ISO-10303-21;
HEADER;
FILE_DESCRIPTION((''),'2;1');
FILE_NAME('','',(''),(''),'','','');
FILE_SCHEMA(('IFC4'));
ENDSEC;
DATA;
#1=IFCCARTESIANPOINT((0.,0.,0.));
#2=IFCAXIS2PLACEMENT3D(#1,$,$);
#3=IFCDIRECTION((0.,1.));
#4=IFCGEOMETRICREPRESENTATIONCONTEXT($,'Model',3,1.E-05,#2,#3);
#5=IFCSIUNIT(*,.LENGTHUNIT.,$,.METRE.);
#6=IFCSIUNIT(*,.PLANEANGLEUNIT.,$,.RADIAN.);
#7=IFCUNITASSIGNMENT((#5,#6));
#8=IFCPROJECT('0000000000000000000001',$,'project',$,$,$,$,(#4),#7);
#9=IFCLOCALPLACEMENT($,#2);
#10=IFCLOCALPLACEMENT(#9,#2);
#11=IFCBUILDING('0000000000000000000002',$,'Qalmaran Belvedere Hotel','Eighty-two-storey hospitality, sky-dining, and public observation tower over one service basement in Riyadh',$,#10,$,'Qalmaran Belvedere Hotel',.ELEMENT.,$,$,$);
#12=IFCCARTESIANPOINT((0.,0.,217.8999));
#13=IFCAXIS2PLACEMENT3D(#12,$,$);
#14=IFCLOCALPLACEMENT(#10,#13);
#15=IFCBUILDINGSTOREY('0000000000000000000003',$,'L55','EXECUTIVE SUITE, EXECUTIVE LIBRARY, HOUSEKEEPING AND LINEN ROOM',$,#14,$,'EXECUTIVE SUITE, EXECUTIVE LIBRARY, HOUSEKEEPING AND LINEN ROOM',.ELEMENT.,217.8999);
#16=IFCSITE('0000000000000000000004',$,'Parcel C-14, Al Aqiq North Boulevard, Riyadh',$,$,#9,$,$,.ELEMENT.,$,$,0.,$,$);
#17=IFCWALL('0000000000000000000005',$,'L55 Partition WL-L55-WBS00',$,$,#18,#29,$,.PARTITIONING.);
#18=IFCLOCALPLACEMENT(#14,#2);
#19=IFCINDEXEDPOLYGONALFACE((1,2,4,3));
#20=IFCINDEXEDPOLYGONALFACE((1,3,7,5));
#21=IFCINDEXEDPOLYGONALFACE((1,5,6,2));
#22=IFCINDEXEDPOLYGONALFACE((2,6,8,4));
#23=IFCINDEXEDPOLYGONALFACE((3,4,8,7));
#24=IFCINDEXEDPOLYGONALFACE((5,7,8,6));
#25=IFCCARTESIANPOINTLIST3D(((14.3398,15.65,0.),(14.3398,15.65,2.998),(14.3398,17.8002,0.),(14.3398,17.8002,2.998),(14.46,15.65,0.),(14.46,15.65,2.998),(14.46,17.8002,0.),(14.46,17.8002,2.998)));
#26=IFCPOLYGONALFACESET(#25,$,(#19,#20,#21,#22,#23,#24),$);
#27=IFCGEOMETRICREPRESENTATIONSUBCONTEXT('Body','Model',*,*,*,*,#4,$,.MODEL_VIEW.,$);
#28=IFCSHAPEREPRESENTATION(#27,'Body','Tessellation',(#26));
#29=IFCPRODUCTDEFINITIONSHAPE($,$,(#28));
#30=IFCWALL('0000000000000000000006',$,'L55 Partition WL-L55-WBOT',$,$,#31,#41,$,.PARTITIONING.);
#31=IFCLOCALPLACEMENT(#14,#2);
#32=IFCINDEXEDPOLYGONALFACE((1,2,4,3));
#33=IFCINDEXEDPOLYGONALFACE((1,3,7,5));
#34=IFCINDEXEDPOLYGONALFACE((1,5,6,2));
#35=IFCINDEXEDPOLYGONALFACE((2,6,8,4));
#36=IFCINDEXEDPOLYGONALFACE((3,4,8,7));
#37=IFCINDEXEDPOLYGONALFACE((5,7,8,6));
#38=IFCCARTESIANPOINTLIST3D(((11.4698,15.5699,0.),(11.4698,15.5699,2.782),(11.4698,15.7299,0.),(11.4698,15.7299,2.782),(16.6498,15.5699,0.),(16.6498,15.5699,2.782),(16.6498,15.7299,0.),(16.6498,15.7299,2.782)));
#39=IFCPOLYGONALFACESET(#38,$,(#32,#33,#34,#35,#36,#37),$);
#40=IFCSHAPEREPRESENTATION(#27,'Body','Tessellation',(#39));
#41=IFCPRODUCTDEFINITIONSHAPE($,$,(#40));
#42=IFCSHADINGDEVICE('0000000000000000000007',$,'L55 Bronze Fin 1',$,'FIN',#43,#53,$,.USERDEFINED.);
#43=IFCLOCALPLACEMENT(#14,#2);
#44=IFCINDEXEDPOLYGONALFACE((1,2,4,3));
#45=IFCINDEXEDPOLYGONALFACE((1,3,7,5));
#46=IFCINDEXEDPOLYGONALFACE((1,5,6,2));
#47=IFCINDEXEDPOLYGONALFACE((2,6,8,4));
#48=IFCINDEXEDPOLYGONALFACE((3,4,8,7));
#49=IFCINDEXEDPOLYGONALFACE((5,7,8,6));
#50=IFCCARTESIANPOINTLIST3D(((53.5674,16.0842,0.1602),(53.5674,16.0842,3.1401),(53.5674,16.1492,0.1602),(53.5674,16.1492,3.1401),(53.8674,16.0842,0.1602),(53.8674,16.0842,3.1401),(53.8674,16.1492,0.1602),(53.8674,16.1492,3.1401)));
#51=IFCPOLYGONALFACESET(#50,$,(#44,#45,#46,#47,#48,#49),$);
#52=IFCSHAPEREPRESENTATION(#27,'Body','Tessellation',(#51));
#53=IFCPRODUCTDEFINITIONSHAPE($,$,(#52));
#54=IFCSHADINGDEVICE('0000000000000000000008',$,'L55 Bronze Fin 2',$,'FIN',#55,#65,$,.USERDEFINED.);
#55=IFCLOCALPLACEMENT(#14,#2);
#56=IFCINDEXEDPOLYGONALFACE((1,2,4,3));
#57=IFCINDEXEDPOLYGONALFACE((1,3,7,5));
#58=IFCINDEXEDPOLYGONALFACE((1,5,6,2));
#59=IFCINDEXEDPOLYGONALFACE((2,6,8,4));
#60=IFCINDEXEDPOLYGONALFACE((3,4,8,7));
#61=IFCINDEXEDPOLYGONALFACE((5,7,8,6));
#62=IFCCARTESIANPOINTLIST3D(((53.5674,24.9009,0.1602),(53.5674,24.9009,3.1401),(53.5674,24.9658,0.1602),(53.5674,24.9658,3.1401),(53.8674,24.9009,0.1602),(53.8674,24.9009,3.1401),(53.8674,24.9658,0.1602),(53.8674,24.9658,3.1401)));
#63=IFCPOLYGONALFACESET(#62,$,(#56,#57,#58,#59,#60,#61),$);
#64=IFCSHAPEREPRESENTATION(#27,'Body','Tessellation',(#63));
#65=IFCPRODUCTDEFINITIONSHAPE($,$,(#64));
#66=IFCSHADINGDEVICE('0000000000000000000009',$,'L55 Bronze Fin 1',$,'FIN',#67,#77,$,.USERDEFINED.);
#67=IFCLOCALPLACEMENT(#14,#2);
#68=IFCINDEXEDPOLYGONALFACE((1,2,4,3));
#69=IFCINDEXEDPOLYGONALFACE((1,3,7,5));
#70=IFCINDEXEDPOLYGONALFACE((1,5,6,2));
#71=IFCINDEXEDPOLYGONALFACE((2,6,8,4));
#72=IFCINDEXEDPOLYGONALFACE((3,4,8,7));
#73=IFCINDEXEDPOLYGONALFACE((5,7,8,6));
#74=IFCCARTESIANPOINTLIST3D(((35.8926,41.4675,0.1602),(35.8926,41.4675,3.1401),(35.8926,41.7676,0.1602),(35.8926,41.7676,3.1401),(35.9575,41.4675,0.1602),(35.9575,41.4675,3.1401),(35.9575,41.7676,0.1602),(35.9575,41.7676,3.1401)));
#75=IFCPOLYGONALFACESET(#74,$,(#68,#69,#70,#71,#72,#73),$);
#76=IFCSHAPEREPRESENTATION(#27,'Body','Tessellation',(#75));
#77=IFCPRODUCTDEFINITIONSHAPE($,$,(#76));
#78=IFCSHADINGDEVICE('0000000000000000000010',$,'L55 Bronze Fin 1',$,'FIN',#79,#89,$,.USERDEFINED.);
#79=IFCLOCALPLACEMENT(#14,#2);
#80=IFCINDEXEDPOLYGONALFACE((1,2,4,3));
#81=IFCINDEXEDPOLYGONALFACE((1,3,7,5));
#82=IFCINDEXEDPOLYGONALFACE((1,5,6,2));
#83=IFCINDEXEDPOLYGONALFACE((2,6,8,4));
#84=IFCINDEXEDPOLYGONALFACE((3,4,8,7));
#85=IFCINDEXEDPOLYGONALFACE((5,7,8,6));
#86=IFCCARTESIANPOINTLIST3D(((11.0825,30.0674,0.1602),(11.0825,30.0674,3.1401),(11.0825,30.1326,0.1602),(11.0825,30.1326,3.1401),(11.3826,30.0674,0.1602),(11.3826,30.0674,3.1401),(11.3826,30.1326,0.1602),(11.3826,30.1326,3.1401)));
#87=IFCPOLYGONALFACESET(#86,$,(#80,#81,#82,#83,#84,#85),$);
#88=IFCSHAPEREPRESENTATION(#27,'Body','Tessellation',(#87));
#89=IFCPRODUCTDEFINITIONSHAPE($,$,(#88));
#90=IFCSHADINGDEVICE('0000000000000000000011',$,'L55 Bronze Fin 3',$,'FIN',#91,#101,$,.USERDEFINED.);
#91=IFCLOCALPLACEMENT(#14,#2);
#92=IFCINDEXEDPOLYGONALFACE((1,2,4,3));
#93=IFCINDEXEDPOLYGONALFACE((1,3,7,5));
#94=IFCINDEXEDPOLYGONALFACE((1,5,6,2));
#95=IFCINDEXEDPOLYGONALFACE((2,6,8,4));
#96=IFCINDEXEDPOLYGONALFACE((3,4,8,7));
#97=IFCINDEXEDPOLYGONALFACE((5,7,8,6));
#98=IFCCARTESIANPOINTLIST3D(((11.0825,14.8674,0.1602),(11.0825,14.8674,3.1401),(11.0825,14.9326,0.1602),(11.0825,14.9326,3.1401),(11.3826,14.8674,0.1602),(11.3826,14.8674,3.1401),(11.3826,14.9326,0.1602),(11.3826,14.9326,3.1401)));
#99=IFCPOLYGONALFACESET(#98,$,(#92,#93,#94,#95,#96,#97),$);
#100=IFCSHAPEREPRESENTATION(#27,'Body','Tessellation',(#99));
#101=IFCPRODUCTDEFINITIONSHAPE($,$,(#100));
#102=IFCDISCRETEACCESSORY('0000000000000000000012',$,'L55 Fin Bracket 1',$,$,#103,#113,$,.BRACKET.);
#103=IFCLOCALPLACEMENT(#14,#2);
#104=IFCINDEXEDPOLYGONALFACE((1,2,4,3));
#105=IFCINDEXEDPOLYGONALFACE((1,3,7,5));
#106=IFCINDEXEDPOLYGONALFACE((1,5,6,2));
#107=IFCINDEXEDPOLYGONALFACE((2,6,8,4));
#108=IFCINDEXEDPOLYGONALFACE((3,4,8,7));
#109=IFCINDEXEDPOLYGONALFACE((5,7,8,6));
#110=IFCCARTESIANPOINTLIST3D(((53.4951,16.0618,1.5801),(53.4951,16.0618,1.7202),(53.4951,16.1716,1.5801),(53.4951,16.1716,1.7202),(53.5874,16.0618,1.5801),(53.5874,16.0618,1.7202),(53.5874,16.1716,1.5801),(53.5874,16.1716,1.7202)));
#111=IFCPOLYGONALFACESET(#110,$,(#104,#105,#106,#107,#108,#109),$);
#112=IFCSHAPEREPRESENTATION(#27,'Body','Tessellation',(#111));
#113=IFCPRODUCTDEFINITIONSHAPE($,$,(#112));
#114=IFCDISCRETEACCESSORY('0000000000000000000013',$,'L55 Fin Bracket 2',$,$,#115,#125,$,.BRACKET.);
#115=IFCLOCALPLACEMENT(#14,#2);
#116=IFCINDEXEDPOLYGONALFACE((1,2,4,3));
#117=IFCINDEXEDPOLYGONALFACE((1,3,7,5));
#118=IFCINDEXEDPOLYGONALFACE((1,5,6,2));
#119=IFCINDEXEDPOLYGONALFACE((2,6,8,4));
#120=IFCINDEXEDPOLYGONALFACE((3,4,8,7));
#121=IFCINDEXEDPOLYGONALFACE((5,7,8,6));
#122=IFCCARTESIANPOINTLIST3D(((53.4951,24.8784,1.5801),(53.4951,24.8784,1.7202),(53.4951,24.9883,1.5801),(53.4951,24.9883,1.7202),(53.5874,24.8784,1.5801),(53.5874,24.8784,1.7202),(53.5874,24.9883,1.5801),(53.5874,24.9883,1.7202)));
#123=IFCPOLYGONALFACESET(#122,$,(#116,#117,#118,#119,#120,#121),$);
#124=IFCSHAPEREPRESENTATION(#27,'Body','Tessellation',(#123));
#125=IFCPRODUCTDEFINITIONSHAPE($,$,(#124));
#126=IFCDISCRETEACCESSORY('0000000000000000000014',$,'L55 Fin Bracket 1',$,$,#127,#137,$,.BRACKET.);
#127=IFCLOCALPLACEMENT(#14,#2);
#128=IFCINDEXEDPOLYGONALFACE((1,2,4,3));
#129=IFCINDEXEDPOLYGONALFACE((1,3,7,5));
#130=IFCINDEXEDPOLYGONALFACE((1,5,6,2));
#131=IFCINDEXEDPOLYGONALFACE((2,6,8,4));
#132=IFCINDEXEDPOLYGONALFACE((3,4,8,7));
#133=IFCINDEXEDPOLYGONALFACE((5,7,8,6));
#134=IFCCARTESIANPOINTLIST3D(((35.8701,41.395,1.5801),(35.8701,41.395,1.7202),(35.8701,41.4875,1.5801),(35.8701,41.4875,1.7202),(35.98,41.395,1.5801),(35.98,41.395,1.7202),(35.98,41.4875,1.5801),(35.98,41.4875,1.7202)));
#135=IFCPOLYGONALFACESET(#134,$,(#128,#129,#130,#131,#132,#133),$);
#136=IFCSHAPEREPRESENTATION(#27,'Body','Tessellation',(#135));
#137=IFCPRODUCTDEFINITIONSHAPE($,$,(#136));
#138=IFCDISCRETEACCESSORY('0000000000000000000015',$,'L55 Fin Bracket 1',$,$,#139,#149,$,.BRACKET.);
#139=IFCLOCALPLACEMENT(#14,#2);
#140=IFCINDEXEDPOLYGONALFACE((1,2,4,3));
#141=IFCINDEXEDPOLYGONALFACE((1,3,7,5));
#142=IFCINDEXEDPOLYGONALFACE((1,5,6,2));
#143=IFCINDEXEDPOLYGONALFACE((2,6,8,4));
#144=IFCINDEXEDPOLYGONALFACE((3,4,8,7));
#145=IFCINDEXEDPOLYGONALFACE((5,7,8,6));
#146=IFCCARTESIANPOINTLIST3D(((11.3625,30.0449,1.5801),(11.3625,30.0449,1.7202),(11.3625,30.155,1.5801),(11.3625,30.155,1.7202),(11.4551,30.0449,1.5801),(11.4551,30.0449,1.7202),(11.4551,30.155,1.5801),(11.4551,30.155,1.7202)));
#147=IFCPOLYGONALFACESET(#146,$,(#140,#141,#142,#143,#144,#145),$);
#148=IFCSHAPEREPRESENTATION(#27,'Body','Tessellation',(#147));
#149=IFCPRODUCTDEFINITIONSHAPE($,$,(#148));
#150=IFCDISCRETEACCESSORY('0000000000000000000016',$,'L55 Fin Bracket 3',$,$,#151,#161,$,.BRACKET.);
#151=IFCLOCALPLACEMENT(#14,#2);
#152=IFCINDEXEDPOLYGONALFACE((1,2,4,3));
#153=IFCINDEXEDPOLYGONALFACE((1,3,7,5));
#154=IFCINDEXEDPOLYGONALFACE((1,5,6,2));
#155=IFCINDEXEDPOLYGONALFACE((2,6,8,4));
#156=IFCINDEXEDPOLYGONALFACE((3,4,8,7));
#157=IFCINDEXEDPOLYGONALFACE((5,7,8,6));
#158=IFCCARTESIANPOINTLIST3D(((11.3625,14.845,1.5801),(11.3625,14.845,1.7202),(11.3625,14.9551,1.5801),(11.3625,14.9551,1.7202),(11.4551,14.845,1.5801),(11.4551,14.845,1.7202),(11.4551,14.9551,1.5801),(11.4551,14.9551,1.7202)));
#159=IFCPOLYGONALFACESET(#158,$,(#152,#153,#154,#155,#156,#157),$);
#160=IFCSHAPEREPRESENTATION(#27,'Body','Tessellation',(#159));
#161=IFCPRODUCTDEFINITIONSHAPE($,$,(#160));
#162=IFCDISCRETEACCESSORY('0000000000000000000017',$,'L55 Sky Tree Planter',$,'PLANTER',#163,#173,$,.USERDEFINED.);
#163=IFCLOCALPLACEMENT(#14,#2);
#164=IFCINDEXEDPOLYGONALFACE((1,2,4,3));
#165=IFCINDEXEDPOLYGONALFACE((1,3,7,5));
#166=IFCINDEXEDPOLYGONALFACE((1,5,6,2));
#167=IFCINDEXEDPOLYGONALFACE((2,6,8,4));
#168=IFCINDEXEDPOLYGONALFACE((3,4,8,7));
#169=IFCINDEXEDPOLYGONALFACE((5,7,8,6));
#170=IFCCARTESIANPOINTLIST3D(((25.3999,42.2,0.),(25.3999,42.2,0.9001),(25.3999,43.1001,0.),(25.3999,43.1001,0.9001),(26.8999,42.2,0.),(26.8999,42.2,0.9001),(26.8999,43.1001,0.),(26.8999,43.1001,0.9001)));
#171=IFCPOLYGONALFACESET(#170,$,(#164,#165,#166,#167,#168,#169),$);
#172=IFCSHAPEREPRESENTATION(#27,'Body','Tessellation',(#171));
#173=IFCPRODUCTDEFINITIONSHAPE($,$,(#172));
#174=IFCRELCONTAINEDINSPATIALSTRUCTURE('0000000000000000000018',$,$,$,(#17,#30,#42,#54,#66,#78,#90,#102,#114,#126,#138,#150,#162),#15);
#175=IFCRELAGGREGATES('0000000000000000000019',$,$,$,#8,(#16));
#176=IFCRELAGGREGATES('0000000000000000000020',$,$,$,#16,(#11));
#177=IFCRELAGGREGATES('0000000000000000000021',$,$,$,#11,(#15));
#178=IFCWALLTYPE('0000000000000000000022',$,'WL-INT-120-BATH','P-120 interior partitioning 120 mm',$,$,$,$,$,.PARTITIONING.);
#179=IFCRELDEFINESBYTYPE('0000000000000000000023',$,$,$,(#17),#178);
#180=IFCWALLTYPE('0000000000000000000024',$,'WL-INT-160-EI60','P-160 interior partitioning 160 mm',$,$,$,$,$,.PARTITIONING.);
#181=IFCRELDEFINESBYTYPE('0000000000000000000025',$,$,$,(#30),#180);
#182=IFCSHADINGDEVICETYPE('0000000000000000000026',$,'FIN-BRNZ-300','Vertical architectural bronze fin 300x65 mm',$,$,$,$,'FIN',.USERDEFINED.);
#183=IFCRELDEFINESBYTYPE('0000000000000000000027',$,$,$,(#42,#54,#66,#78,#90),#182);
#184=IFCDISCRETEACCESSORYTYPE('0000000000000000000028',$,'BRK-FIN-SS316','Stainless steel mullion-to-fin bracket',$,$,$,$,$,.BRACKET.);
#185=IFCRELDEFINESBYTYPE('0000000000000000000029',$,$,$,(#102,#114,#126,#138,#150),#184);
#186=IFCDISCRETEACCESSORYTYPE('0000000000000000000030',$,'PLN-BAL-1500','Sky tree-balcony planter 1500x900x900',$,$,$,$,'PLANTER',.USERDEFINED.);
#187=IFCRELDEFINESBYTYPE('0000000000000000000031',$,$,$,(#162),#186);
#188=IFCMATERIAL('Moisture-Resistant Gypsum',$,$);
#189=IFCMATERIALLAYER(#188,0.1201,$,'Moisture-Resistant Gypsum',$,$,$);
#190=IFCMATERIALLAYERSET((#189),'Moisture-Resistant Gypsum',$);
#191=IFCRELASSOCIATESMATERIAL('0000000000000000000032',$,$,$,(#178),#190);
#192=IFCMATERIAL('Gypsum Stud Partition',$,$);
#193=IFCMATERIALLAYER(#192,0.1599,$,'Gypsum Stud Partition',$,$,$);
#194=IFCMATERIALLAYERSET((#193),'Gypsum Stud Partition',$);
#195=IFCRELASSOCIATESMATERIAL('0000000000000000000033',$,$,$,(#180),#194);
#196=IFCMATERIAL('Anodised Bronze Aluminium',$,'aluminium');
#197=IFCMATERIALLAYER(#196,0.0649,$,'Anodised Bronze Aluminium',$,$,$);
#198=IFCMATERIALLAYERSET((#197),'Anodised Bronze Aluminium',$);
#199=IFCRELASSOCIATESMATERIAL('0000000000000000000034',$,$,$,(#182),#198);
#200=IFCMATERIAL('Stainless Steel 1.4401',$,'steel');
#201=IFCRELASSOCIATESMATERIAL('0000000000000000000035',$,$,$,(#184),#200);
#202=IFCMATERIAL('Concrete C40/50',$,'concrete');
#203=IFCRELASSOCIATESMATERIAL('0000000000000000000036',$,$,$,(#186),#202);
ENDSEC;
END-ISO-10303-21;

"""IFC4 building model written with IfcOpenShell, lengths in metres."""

from ifc_helpers import new_model, si_unit, direction, frame, frame_2d, origin, place, context, subcontext, project, spatial, polyline, rectangle, outline, extrude, material, layer, layer_set, type_object, element, save


model = new_model("IFC4")

# Units and contexts
model_context = context("Model", 3, precision=1e-05, world=origin(), true_north=direction((0.0, 1.0)))
body_context = subcontext(model_context, "Body", "Model", "MODEL_VIEW")
ifc_project = project(units=[si_unit("LENGTHUNIT", "METRE"), si_unit("PLANEANGLEUNIT", "RADIAN")], contexts=[model_context])

# Site, building, storey
site_placement = place(None, origin())
site = spatial("IfcSite", under=ifc_project, at=site_placement, Name="Parcel C-14, Al Aqiq North Boulevard, Riyadh", CompositionType="ELEMENT", RefElevation=0.0)
building_placement = place(site_placement, origin())
building = spatial("IfcBuilding", under=site, at=building_placement, Name="Qalmaran Belvedere Hotel", Description="Eighty-two-storey hospitality, sky-dining, and public observation tower over one service basement in Riyadh", LongName="Qalmaran Belvedere Hotel", CompositionType="ELEMENT")
storey_placement = place(building_placement, frame((0.0, 0.0, 217.8999)))
storey = spatial("IfcBuildingStorey", under=building, at=storey_placement, Name="L55", Description="EXECUTIVE SUITE, EXECUTIVE LIBRARY, HOUSEKEEPING AND LINEN ROOM", LongName="EXECUTIVE SUITE, EXECUTIVE LIBRARY, HOUSEKEEPING AND LINEN ROOM", CompositionType="ELEMENT", Elevation=217.8999)

# Shared definitions
ifc_material_1 = material(Name="Anodised Bronze Aluminium", Category="aluminium")

# Shared definitions
ifc_material_2 = material(Name="Concrete C40/50", Category="concrete")

# Walls
ifc_material_3 = material(Name="Moisture-Resistant Gypsum")
ifc_layer_1 = layer(ifc_material_3, 0.1201, Name="Moisture-Resistant Gypsum")
ifc_layer_set_1 = layer_set([ifc_layer_1], Name="Moisture-Resistant Gypsum")
wall_type_1 = type_object("IfcWallType", Name="WL-INT-120-BATH", Description="P-120 interior partitioning 120 mm", PredefinedType="PARTITIONING", material=ifc_layer_set_1)
wall_1_placement = place(storey_placement, frame((14.3999, 15.6499, 0.0), z_axis=(0.0, 0.0, 1.0), x_axis=(0.0, 1.0, 0.0)))
element("IfcWall", 1, at=wall_1_placement, inside=storey, type_object=wall_type_1, Name="L55 Partition WL-L55-WBS00", PredefinedType="PARTITIONING", context=body_context, shape_type="SweptSolid", body=[
    extrude(rectangle(XDim=2.1501, YDim=0.1201, at=frame_2d((1.0752, 0.0))), origin(), (0.0, 0.0, 1.0), 2.998),
])
ifc_material_4 = material(Name="Gypsum Stud Partition")
ifc_layer_2 = layer(ifc_material_4, 0.1599, Name="Gypsum Stud Partition")
ifc_layer_set_2 = layer_set([ifc_layer_2], Name="Gypsum Stud Partition")
wall_type_2 = type_object("IfcWallType", Name="WL-INT-160-EI60", Description="P-160 interior partitioning 160 mm", PredefinedType="PARTITIONING", material=ifc_layer_set_2)
wall_2_placement = place(storey_placement, frame((11.47, 15.6499, 0.0), z_axis=(0.0, 0.0, 1.0), x_axis=(1.0, 0.0, 0.0)))
element("IfcWall", 2, at=wall_2_placement, inside=storey, type_object=wall_type_2, Name="L55 Partition WL-L55-WBOT", PredefinedType="PARTITIONING", context=body_context, shape_type="SweptSolid", body=[
    extrude(rectangle(XDim=5.1799, YDim=0.1599, at=frame_2d((2.5898, 0.0))), origin(), (0.0, 0.0, 1.0), 2.782),
])

# Shading devices
ifc_layer_3 = layer(ifc_material_1, 0.0649, Name="Anodised Bronze Aluminium")
ifc_layer_set_3 = layer_set([ifc_layer_3], Name="Anodised Bronze Aluminium")
shading_device_type = type_object("IfcShadingDeviceType", Name="FIN-BRNZ-300", Description="Vertical architectural bronze fin 300x65 mm", ElementType="FIN", PredefinedType="USERDEFINED", material=ifc_layer_set_3)
shading_device_1_placement = place(storey_placement, frame((0.0, 0.0, 0.1602)))
element("IfcShadingDevice", 3, at=shading_device_1_placement, inside=storey, type_object=shading_device_type, Name="L55 Bronze Fin 1", ObjectType="FIN", PredefinedType="USERDEFINED", context=body_context, shape_type="SweptSolid", body=[
    extrude(outline(polyline([(53.5674, 16.0842), (53.8674, 16.0842), (53.8674, 16.1492), (53.5674, 16.1492), (53.5674, 16.0842)])), origin(), (0.0, 0.0, 1.0), 2.98),
])
shading_device_2_placement = place(storey_placement, frame((0.0, 0.0, 0.1602)))
element("IfcShadingDevice", 4, at=shading_device_2_placement, inside=storey, type_object=shading_device_type, Name="L55 Bronze Fin 2", ObjectType="FIN", PredefinedType="USERDEFINED", context=body_context, shape_type="SweptSolid", body=[
    extrude(outline(polyline([(53.5674, 24.9009), (53.8674, 24.9009), (53.8674, 24.9658), (53.5674, 24.9658), (53.5674, 24.9009)])), origin(), (0.0, 0.0, 1.0), 2.98),
])
shading_device_3_placement = place(storey_placement, frame((0.0, 0.0, 0.1602)))
element("IfcShadingDevice", 5, at=shading_device_3_placement, inside=storey, type_object=shading_device_type, Name="L55 Bronze Fin 1", ObjectType="FIN", PredefinedType="USERDEFINED", context=body_context, shape_type="SweptSolid", body=[
    extrude(outline(polyline([(35.9575, 41.4675), (35.9575, 41.7676), (35.8926, 41.7676), (35.8926, 41.4675), (35.9575, 41.4675)])), origin(), (0.0, 0.0, 1.0), 2.98),
])
shading_device_4_placement = place(storey_placement, frame((0.0, 0.0, 0.1602)))
element("IfcShadingDevice", 6, at=shading_device_4_placement, inside=storey, type_object=shading_device_type, Name="L55 Bronze Fin 1", ObjectType="FIN", PredefinedType="USERDEFINED", context=body_context, shape_type="SweptSolid", body=[
    extrude(outline(polyline([(11.3826, 30.1326), (11.0825, 30.1326), (11.0825, 30.0674), (11.3826, 30.0674), (11.3826, 30.1326)])), origin(), (0.0, 0.0, 1.0), 2.98),
])
shading_device_5_placement = place(storey_placement, frame((0.0, 0.0, 0.1602)))
element("IfcShadingDevice", 7, at=shading_device_5_placement, inside=storey, type_object=shading_device_type, Name="L55 Bronze Fin 3", ObjectType="FIN", PredefinedType="USERDEFINED", context=body_context, shape_type="SweptSolid", body=[
    extrude(outline(polyline([(11.3826, 14.9326), (11.0825, 14.9326), (11.0825, 14.8674), (11.3826, 14.8674), (11.3826, 14.9326)])), origin(), (0.0, 0.0, 1.0), 2.98),
])

# Discrete accessories
ifc_material_5 = material(Name="Stainless Steel 1.4401", Category="steel")
discrete_accessory_type_1 = type_object("IfcDiscreteAccessoryType", Name="BRK-FIN-SS316", Description="Stainless steel mullion-to-fin bracket", PredefinedType="BRACKET", material=ifc_material_5)
discrete_accessory_1_placement = place(storey_placement, frame((0.0, 0.0, 1.5801)))
element("IfcDiscreteAccessory", 8, at=discrete_accessory_1_placement, inside=storey, type_object=discrete_accessory_type_1, Name="L55 Fin Bracket 1", PredefinedType="BRACKET", context=body_context, shape_type="SweptSolid", body=[
    extrude(outline(polyline([(53.4951, 16.0618), (53.5874, 16.0618), (53.5874, 16.1716), (53.4951, 16.1716), (53.4951, 16.0618)])), origin(), (0.0, 0.0, 1.0), 0.1401),
])
discrete_accessory_2_placement = place(storey_placement, frame((0.0, 0.0, 1.5801)))
element("IfcDiscreteAccessory", 9, at=discrete_accessory_2_placement, inside=storey, type_object=discrete_accessory_type_1, Name="L55 Fin Bracket 2", PredefinedType="BRACKET", context=body_context, shape_type="SweptSolid", body=[
    extrude(outline(polyline([(53.4951, 24.8784), (53.5874, 24.8784), (53.5874, 24.9883), (53.4951, 24.9883), (53.4951, 24.8784)])), origin(), (0.0, 0.0, 1.0), 0.1401),
])
discrete_accessory_3_placement = place(storey_placement, frame((0.0, 0.0, 1.5801)))
element("IfcDiscreteAccessory", 10, at=discrete_accessory_3_placement, inside=storey, type_object=discrete_accessory_type_1, Name="L55 Fin Bracket 1", PredefinedType="BRACKET", context=body_context, shape_type="SweptSolid", body=[
    extrude(outline(polyline([(35.98, 41.395), (35.98, 41.4875), (35.8701, 41.4875), (35.8701, 41.395), (35.98, 41.395)])), origin(), (0.0, 0.0, 1.0), 0.1401),
])
discrete_accessory_4_placement = place(storey_placement, frame((0.0, 0.0, 1.5801)))
element("IfcDiscreteAccessory", 11, at=discrete_accessory_4_placement, inside=storey, type_object=discrete_accessory_type_1, Name="L55 Fin Bracket 1", PredefinedType="BRACKET", context=body_context, shape_type="SweptSolid", body=[
    extrude(outline(polyline([(11.4551, 30.155), (11.3625, 30.155), (11.3625, 30.0449), (11.4551, 30.0449), (11.4551, 30.155)])), origin(), (0.0, 0.0, 1.0), 0.1401),
])
discrete_accessory_5_placement = place(storey_placement, frame((0.0, 0.0, 1.5801)))
element("IfcDiscreteAccessory", 12, at=discrete_accessory_5_placement, inside=storey, type_object=discrete_accessory_type_1, Name="L55 Fin Bracket 3", PredefinedType="BRACKET", context=body_context, shape_type="SweptSolid", body=[
    extrude(outline(polyline([(11.4551, 14.9551), (11.3625, 14.9551), (11.3625, 14.845), (11.4551, 14.845), (11.4551, 14.9551)])), origin(), (0.0, 0.0, 1.0), 0.1401),
])
discrete_accessory_type_2 = type_object("IfcDiscreteAccessoryType", Name="PLN-BAL-1500", Description="Sky tree-balcony planter 1500x900x900", ElementType="PLANTER", PredefinedType="USERDEFINED", material=ifc_material_2)
discrete_accessory_6_placement = place(storey_placement, origin())
element("IfcDiscreteAccessory", 13, at=discrete_accessory_6_placement, inside=storey, type_object=discrete_accessory_type_2, Name="L55 Sky Tree Planter", ObjectType="PLANTER", PredefinedType="USERDEFINED", context=body_context, shape_type="SweptSolid", body=[
    extrude(outline(polyline([(25.3999, 42.2), (26.8999, 42.2), (26.8999, 43.1001), (25.3999, 43.1001), (25.3999, 42.2)])), origin(), (0.0, 0.0, 1.0), 0.9001),
])

save(model, "model.ifc")
